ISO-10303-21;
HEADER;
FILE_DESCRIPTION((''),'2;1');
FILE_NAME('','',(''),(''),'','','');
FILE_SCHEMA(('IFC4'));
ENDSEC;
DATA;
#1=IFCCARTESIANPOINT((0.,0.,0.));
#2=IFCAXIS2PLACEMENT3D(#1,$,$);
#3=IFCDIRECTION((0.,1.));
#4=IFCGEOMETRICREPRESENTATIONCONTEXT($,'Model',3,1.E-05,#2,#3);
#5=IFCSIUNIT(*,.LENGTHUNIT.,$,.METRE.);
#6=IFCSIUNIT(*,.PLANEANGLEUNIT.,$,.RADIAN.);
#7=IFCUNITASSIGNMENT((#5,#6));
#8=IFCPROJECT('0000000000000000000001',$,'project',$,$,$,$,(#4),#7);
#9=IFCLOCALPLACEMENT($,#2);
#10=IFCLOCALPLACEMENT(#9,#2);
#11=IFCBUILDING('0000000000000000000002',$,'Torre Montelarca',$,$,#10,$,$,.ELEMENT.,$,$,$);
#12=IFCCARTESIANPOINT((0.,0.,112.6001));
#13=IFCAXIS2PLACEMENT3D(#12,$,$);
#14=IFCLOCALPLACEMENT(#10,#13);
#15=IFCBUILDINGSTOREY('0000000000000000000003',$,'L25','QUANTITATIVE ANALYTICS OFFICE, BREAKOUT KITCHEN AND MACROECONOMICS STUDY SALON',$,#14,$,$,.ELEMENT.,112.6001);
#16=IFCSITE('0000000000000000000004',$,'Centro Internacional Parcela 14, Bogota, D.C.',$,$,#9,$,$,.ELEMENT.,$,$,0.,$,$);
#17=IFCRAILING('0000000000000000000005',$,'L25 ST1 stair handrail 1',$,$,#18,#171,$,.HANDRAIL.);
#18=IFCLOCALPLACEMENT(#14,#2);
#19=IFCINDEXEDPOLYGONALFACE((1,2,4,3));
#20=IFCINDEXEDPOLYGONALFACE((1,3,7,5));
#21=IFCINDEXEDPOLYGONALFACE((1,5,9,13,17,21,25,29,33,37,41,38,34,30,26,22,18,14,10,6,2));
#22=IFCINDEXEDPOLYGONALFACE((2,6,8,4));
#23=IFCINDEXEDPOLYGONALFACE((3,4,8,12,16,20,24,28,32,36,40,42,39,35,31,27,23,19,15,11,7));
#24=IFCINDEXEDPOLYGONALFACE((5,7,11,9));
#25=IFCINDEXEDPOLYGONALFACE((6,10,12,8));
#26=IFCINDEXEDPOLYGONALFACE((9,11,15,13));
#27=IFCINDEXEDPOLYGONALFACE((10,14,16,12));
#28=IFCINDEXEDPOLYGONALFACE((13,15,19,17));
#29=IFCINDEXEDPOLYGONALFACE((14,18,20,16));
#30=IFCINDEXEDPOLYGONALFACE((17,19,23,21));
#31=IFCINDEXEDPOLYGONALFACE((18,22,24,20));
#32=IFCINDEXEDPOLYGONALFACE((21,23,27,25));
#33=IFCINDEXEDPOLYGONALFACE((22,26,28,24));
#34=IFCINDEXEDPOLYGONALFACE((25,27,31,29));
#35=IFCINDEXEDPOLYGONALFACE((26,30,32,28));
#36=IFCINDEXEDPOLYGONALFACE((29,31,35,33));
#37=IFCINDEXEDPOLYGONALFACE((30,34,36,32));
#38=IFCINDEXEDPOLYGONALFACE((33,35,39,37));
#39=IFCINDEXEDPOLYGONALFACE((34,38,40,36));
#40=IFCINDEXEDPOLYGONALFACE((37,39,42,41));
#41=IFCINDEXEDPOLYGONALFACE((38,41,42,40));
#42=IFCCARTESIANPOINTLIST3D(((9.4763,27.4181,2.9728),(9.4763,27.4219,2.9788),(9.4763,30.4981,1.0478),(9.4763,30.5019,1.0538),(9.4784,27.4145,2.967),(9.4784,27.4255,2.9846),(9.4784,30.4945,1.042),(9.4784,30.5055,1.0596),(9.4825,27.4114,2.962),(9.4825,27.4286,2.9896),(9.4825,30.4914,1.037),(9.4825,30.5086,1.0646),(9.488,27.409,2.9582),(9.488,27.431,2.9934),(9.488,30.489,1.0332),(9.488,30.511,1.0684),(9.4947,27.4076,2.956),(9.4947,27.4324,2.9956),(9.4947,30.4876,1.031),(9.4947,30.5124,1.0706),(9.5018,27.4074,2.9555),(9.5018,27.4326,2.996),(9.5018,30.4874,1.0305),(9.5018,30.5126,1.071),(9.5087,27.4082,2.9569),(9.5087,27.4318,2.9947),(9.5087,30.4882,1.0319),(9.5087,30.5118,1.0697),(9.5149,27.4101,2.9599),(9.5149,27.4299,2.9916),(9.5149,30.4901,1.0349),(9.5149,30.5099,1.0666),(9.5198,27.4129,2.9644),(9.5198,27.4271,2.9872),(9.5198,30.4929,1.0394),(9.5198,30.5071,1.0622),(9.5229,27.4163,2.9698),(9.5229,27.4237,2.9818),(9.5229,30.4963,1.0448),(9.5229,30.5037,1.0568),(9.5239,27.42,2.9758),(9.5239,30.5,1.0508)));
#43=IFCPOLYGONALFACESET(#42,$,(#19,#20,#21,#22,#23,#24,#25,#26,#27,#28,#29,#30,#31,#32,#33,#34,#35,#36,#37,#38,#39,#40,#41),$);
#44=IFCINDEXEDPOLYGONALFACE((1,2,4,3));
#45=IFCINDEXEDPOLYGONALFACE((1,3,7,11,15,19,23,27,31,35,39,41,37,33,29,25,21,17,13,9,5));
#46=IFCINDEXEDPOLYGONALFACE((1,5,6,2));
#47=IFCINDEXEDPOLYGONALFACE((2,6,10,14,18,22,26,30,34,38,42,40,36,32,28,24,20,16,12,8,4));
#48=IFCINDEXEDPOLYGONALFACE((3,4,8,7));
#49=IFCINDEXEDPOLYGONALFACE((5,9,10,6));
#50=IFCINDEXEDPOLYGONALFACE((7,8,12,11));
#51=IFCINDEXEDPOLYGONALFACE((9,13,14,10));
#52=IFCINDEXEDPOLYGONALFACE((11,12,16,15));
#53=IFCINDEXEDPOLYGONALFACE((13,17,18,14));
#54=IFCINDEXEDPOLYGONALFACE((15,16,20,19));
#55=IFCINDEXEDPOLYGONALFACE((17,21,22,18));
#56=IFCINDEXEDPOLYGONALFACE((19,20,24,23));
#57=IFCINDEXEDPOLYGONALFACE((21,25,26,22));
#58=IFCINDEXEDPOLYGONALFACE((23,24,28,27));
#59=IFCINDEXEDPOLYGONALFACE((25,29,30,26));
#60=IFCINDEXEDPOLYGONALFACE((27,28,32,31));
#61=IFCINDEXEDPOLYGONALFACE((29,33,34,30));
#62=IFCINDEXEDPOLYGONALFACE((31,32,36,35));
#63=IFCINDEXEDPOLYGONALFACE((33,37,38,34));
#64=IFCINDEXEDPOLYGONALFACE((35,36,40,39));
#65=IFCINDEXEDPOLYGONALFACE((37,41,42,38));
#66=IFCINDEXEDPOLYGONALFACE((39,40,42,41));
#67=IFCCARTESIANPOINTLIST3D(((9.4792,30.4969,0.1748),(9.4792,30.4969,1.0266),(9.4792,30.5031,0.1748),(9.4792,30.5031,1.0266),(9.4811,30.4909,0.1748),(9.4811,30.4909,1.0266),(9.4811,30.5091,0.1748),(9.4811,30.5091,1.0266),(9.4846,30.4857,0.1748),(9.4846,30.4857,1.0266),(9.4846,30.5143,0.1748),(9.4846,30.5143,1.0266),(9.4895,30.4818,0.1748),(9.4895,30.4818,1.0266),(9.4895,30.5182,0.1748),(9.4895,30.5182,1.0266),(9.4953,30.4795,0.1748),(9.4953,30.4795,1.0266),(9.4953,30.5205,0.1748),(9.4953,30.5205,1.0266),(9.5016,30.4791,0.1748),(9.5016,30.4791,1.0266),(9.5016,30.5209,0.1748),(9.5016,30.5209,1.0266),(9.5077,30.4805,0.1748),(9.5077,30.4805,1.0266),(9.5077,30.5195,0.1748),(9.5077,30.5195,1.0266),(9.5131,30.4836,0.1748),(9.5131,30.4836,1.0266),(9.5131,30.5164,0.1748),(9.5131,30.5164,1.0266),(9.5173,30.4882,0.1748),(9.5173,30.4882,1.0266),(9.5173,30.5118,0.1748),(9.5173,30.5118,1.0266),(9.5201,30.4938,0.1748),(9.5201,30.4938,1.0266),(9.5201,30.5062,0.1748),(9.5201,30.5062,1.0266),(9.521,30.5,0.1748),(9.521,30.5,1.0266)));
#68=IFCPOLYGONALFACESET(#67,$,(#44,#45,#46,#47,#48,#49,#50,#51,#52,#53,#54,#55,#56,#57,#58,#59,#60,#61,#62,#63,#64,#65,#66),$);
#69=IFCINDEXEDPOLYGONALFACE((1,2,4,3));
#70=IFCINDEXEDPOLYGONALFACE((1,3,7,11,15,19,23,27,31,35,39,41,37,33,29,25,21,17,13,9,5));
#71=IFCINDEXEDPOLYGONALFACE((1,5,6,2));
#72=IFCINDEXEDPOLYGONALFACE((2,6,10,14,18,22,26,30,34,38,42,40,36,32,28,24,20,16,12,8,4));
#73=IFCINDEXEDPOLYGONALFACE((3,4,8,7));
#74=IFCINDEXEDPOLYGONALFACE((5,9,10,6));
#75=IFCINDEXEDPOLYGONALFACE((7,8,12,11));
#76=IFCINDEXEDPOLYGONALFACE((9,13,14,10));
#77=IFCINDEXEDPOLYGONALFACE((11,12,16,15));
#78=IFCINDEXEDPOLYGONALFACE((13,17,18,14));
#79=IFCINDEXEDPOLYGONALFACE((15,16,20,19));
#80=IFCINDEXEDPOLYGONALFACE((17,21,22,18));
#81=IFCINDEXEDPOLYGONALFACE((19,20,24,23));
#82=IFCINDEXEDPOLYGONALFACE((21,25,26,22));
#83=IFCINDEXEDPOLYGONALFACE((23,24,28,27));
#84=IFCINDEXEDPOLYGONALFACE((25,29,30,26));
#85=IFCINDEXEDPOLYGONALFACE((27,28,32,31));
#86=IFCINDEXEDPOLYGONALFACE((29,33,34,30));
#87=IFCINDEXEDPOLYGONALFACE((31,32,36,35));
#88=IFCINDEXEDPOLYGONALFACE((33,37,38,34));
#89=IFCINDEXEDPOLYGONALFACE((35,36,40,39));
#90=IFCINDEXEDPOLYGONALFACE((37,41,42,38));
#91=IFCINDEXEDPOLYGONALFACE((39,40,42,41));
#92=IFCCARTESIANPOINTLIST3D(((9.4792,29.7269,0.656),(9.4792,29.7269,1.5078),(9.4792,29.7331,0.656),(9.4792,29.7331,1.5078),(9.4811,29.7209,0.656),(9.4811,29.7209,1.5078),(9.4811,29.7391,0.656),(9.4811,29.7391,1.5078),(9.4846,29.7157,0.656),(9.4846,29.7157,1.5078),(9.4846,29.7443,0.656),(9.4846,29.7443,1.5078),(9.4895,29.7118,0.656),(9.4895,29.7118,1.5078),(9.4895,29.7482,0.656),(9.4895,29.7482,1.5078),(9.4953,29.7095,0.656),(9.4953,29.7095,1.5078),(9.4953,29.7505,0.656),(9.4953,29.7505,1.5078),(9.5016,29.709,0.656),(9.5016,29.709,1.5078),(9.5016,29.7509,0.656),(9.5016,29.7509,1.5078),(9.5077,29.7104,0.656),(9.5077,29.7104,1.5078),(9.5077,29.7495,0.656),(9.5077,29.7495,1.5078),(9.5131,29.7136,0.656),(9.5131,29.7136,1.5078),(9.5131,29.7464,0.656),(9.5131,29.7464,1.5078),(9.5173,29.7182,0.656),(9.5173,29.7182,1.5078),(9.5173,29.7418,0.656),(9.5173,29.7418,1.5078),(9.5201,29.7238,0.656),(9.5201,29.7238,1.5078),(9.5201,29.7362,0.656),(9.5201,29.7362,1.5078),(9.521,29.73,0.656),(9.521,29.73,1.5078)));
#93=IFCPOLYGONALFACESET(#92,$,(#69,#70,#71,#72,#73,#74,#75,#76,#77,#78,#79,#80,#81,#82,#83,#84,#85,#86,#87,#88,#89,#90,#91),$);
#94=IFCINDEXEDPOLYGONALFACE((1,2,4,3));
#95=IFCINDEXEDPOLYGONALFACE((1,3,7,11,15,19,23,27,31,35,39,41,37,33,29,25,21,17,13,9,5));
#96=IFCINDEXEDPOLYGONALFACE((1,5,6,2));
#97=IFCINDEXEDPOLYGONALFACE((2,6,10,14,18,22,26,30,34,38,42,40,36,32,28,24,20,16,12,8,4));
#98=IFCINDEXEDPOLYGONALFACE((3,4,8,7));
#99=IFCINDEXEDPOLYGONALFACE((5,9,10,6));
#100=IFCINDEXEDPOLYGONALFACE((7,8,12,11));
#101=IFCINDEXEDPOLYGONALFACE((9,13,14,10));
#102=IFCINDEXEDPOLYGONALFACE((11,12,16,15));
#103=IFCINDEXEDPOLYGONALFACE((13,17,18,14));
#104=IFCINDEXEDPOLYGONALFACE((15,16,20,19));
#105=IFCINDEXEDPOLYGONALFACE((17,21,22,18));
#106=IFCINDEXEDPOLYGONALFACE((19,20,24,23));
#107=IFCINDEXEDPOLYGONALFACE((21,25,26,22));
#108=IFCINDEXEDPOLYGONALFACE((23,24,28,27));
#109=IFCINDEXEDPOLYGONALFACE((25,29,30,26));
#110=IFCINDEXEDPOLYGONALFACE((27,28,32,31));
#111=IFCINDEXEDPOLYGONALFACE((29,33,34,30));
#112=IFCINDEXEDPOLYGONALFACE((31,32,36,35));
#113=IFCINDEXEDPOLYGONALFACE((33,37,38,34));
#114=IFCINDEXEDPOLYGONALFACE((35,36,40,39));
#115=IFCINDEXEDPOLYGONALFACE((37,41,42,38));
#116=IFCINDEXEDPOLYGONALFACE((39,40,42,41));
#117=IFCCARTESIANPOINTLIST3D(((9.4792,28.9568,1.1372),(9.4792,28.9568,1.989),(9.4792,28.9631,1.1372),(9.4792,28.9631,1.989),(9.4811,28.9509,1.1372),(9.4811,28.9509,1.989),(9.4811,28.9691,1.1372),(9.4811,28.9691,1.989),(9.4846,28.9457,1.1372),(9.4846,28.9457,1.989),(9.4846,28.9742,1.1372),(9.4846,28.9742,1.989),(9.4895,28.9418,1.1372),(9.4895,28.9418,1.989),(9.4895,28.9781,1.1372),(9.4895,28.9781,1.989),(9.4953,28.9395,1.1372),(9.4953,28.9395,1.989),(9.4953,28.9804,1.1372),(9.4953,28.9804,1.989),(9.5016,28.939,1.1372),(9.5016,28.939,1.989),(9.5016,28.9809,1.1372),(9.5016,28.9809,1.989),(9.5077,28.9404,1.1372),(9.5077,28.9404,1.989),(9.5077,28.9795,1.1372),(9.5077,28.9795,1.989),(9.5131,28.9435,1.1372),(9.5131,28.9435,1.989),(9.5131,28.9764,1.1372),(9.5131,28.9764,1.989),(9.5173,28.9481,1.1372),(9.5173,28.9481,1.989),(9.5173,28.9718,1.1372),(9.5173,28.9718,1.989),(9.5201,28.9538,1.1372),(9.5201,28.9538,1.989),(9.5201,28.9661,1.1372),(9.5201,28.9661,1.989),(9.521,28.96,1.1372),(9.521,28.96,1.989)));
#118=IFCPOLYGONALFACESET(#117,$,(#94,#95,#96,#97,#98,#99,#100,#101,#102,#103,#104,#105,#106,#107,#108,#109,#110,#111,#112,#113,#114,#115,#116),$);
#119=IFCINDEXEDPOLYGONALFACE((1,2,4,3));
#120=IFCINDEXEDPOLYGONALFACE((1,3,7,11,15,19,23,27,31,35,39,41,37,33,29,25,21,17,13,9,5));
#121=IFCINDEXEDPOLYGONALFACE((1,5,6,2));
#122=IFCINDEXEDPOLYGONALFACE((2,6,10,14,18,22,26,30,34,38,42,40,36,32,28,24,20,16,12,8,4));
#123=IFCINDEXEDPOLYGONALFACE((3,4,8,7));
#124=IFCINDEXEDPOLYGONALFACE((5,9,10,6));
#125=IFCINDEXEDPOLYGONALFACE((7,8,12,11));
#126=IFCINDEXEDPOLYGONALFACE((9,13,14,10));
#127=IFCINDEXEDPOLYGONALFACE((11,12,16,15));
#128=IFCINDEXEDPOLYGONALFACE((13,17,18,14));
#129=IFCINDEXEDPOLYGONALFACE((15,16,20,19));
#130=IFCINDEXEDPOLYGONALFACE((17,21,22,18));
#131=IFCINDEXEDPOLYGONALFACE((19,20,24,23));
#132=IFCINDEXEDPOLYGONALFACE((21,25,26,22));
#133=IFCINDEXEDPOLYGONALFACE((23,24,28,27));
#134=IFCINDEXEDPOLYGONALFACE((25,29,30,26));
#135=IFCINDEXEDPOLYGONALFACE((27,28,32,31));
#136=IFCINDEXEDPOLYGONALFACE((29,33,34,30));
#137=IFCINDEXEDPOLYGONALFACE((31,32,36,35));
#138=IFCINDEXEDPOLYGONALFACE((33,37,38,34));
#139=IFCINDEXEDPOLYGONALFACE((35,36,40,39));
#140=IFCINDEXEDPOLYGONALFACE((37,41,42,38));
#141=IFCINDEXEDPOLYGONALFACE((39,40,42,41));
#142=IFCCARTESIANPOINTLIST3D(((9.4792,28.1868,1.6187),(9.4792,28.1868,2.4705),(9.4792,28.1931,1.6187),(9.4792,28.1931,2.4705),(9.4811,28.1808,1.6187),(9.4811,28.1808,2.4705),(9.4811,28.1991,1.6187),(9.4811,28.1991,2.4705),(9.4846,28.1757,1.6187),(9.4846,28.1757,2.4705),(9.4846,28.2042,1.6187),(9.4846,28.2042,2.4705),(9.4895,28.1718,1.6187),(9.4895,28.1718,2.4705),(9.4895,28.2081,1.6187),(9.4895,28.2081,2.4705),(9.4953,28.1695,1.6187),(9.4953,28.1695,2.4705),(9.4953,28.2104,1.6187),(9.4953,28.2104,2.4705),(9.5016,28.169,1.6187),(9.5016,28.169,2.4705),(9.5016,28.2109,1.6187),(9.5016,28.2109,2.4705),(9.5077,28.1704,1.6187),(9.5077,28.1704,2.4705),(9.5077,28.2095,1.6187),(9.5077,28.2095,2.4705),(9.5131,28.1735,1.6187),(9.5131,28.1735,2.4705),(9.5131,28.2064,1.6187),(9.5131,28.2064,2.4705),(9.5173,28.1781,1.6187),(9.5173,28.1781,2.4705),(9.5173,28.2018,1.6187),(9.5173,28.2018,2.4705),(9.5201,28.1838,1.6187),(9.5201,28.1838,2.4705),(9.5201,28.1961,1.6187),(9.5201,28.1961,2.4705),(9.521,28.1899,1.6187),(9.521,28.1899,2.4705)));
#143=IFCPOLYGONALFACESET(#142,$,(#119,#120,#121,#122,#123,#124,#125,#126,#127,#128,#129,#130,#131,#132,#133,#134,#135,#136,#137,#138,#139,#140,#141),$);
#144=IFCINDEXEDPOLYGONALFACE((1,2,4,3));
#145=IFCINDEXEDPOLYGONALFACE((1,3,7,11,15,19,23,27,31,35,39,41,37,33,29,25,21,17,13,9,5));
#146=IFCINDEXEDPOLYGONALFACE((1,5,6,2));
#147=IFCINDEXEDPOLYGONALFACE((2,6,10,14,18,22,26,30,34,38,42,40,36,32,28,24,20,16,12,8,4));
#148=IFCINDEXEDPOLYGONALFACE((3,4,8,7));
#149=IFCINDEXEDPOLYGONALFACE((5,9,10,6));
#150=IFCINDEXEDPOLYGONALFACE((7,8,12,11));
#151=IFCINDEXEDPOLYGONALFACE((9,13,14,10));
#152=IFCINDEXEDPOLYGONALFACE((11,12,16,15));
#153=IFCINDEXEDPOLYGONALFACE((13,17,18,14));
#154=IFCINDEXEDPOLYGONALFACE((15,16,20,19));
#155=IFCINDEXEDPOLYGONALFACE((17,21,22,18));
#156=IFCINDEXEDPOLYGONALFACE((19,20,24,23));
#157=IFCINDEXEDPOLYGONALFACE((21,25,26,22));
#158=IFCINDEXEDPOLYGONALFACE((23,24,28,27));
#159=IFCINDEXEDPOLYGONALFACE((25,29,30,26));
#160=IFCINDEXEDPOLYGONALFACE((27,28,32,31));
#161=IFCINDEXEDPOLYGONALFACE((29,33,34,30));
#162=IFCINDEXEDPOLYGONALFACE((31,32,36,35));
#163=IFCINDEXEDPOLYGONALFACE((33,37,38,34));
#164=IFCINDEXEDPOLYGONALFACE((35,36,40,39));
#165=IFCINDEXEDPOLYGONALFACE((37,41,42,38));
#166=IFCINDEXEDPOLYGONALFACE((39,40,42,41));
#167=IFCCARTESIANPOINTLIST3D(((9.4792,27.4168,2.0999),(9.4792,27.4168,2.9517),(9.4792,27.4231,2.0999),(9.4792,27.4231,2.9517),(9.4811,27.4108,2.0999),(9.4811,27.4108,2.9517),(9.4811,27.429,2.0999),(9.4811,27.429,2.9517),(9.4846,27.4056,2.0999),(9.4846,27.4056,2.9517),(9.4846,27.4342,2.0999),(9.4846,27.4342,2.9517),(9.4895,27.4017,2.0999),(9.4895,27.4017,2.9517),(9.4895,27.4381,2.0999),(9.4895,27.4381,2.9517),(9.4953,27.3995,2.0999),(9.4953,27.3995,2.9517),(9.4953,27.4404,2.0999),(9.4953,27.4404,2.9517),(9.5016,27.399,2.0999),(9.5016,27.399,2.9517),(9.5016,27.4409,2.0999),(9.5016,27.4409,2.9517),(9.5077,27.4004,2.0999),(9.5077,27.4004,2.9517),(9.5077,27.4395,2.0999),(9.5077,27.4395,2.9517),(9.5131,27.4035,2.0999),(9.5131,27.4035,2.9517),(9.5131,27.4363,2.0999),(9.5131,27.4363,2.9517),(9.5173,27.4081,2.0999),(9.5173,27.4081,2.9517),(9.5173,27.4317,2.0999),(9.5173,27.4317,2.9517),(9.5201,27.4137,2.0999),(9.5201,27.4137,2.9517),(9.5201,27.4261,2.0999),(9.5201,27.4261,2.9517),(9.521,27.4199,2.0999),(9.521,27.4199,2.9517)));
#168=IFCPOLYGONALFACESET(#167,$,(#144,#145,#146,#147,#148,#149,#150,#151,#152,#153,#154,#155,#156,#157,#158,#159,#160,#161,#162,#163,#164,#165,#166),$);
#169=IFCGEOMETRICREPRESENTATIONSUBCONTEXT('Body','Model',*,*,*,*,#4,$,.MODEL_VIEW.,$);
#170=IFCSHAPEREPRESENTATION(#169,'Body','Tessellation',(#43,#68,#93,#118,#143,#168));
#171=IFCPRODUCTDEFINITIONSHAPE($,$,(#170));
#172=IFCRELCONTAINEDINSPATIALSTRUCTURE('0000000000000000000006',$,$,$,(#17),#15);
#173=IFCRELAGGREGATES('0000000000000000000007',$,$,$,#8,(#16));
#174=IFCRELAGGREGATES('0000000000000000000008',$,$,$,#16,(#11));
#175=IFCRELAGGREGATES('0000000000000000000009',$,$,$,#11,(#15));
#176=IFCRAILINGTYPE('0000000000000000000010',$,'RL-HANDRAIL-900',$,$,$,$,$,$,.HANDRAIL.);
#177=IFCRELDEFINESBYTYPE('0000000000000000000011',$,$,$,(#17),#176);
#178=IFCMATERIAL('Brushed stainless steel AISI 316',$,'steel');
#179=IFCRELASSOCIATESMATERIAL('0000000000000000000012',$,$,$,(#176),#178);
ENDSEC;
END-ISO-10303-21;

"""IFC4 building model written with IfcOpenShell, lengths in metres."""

from ifc_helpers import new_model, si_unit, direction, frame, origin, origin_2d, place, context, subcontext, project, spatial, circle, extrude, material, type_object, element, save


model = new_model("IFC4")

# Units and contexts
model_context = context("Model", 3, precision=1e-05, world=origin(), true_north=direction((0.0, 1.0)))
body_context = subcontext(model_context, "Body", "Model", "MODEL_VIEW")
ifc_project = project(units=[si_unit("LENGTHUNIT", "METRE"), si_unit("PLANEANGLEUNIT", "RADIAN")], contexts=[model_context])

# Site, building, storey
site_placement = place(None, origin())
site = spatial("IfcSite", under=ifc_project, at=site_placement, Name="Centro Internacional Parcela 14, Bogota, D.C.", CompositionType="ELEMENT", RefElevation=0.0)
building_placement = place(site_placement, origin())
building = spatial("IfcBuilding", under=site, at=building_placement, Name="Torre Montelarca", CompositionType="ELEMENT")
storey_placement = place(building_placement, frame((0.0, 0.0, 112.6001)))
storey = spatial("IfcBuildingStorey", under=building, at=storey_placement, Name="L25", Description="QUANTITATIVE ANALYTICS OFFICE, BREAKOUT KITCHEN AND MACROECONOMICS STUDY SALON", CompositionType="ELEMENT", Elevation=112.6001)

# Shared definitions
ifc_material_1 = material(Name="Brushed stainless steel AISI 316", Category="steel")

# Railing
railing_type_1 = type_object("IfcRailingType", Name="RL-HANDRAIL-900", PredefinedType="HANDRAIL", material=ifc_material_1)
railing_1_placement = place(storey_placement, frame((9.5, 30.5, 0.1748)))
element("IfcRailing", 1, at=railing_1_placement, inside=storey, type_object=railing_type_1, Name="L25 ST1 stair handrail 1", PredefinedType="HANDRAIL", context=body_context, shape_type="SweptSolid", body=[
    extrude(circle(Radius=0.0239, at=origin_2d()), frame((0.0, 0.0, 0.876), z_axis=(0.0, -0.847998, 0.529999), x_axis=(1.0, 0.0, 0.0)), (0.0, 0.0, 1.0), 3.6321),
    extrude(circle(Radius=0.021, at=origin_2d()), origin(), (0.0, 0.0, 1.0), 0.8518),
    extrude(circle(Radius=0.021, at=origin_2d()), frame((0.0, -0.77, 0.4812)), (0.0, 0.0, 1.0), 0.8518),
    extrude(circle(Radius=0.021, at=origin_2d()), frame((0.0, -1.54, 0.9624)), (0.0, 0.0, 1.0), 0.8518),
    extrude(circle(Radius=0.021, at=origin_2d()), frame((0.0, -2.3101, 1.4438)), (0.0, 0.0, 1.0), 0.8518),
    extrude(circle(Radius=0.021, at=origin_2d()), frame((0.0, -3.0801, 1.925)), (0.0, 0.0, 1.0), 0.8518),
])

save(model, "model.ifc")
